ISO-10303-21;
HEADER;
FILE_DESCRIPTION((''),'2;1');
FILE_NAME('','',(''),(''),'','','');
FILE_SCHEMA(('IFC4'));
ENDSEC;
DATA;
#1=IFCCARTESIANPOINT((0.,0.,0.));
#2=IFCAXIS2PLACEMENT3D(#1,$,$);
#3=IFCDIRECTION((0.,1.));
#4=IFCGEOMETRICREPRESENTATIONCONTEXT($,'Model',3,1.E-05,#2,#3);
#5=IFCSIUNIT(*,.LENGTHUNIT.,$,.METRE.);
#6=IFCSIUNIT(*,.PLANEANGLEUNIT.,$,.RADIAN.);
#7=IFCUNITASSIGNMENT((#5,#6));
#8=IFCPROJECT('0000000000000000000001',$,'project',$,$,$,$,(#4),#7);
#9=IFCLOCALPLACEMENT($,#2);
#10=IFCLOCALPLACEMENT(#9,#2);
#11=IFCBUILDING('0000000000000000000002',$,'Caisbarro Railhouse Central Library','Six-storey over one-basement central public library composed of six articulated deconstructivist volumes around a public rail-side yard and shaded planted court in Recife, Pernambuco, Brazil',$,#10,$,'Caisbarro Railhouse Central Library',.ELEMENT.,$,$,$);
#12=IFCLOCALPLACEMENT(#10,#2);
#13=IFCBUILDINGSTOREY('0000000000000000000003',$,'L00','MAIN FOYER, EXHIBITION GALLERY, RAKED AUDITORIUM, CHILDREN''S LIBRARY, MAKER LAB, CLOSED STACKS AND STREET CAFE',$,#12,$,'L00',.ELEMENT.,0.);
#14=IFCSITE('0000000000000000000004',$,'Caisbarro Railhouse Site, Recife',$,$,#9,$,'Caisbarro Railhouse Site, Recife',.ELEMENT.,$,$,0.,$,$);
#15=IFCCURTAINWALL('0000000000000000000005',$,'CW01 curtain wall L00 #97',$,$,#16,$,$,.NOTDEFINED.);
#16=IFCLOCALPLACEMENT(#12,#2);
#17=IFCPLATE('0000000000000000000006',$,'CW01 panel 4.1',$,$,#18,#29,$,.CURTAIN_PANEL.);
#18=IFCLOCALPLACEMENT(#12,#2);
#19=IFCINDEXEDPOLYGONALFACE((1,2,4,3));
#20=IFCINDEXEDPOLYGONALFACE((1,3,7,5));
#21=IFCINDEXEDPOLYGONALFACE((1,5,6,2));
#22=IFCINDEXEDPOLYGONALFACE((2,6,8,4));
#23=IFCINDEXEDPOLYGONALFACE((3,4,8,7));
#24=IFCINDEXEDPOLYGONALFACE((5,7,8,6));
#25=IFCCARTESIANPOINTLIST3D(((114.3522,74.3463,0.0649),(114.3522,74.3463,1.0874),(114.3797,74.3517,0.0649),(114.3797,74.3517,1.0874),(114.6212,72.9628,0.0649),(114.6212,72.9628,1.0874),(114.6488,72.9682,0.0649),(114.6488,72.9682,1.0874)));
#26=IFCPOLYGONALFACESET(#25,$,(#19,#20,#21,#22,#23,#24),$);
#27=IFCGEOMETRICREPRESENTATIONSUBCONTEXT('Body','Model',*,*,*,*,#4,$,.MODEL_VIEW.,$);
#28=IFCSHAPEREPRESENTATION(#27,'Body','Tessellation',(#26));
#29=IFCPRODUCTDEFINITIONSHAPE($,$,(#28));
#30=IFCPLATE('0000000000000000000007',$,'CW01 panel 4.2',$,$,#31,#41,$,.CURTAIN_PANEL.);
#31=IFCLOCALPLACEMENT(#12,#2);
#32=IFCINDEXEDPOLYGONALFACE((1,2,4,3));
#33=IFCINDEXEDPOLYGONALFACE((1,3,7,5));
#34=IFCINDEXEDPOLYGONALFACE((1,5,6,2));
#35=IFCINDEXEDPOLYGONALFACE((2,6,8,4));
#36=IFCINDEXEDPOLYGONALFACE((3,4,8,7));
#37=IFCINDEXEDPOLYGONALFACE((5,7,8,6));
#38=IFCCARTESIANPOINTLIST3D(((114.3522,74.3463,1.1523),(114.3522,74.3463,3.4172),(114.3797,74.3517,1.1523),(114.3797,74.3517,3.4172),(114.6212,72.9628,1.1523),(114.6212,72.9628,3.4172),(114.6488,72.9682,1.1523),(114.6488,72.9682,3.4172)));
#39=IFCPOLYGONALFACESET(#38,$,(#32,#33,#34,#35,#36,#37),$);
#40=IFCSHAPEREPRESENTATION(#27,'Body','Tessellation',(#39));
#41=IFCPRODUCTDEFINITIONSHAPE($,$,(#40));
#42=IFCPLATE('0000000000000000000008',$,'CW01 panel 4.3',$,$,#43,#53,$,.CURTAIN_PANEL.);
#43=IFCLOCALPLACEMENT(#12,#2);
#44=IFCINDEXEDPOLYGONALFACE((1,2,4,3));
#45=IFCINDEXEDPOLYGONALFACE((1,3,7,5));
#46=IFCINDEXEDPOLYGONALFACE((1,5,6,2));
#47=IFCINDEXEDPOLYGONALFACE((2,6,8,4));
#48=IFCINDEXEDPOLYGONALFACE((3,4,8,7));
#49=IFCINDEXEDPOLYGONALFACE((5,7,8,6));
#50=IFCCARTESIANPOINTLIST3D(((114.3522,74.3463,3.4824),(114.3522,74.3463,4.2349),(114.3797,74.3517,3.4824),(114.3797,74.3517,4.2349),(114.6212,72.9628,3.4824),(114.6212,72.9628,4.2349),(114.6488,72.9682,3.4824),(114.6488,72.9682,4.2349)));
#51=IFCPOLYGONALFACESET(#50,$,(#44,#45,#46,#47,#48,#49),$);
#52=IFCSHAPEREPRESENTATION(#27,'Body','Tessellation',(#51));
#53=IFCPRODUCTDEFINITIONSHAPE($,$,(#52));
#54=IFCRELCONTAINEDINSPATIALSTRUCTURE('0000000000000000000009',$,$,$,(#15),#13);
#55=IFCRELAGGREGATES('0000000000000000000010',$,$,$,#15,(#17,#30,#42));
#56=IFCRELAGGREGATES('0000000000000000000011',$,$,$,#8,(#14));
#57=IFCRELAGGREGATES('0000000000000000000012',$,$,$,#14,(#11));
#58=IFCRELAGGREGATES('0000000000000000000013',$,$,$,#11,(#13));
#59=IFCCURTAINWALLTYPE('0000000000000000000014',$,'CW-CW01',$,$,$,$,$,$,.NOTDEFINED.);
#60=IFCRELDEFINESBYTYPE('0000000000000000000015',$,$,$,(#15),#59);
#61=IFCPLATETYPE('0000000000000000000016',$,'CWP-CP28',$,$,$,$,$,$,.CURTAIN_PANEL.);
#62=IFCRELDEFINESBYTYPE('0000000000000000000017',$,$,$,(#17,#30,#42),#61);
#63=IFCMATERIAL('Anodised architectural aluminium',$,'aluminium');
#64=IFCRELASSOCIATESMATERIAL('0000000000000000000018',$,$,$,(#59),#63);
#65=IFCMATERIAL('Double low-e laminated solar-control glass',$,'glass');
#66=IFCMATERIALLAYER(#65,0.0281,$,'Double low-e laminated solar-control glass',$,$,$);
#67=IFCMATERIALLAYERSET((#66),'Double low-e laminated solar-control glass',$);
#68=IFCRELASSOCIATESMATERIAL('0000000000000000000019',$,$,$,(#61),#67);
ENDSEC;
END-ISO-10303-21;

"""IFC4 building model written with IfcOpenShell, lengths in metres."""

from ifc_helpers import new_model, si_unit, direction, frame, origin, origin_2d, place, context, subcontext, project, spatial, rectangle, extrude, material, layer, layer_set, type_object, element, aggregate, save


model = new_model("IFC4")

# Units and contexts
model_context = context("Model", 3, precision=1e-05, world=origin(), true_north=direction((0.0, 1.0)))
body_context = subcontext(model_context, "Body", "Model", "MODEL_VIEW")
ifc_project = project(units=[si_unit("LENGTHUNIT", "METRE"), si_unit("PLANEANGLEUNIT", "RADIAN")], contexts=[model_context])

# Site, building, storey
site_placement = place(None, origin())
site = spatial("IfcSite", under=ifc_project, at=site_placement, Name="Caisbarro Railhouse Site, Recife", LongName="Caisbarro Railhouse Site, Recife", CompositionType="ELEMENT", RefElevation=0.0)
building_placement = place(site_placement, origin())
building = spatial("IfcBuilding", under=site, at=building_placement, Name="Caisbarro Railhouse Central Library", Description="Six-storey over one-basement central public library composed of six articulated deconstructivist volumes around a public rail-side yard and shaded planted court in Recife, Pernambuco, Brazil", LongName="Caisbarro Railhouse Central Library", CompositionType="ELEMENT")
storey_placement = place(building_placement, origin())
storey = spatial("IfcBuildingStorey", under=building, at=storey_placement, Name="L00", Description="MAIN FOYER, EXHIBITION GALLERY, RAKED AUDITORIUM, CHILDREN'S LIBRARY, MAKER LAB, CLOSED STACKS AND STREET CAFE", LongName="L00", CompositionType="ELEMENT", Elevation=0.0)

# Curtain wall, plates
ifc_material_1 = material(Name="Anodised architectural aluminium", Category="aluminium")
curtain_wall_type = type_object("IfcCurtainWallType", Name="CW-CW01", PredefinedType="NOTDEFINED", material=ifc_material_1)
curtain_wall_placement = place(storey_placement, origin())
curtain_wall = element("IfcCurtainWall", 1, at=curtain_wall_placement, inside=storey, type_object=curtain_wall_type, Name="CW01 curtain wall L00 #97", PredefinedType="NOTDEFINED")
ifc_material_2 = material(Name="Double low-e laminated solar-control glass", Category="glass")
ifc_layer = layer(ifc_material_2, 0.0281, Name="Double low-e laminated solar-control glass")
ifc_layer_set = layer_set([ifc_layer], Name="Double low-e laminated solar-control glass")
plate_type = type_object("IfcPlateType", Name="CWP-CP28", PredefinedType="CURTAIN_PANEL", material=ifc_layer_set)
plate_1_placement = place(storey_placement, frame((114.5005, 73.6572, 0.0649), z_axis=(0.0, 0.0, 1.0), x_axis=(-0.190911, 0.981607, 0.0)))
plate_1 = element("IfcPlate", 2, at=plate_1_placement, type_object=plate_type, Name="CW01 panel 4.1", PredefinedType="CURTAIN_PANEL", context=body_context, shape_type="SweptSolid", body=[
    extrude(rectangle(XDim=1.4094, YDim=0.0281, at=origin_2d()), origin(), (0.0, 0.0, 1.0), 1.0225),
])
plate_2_placement = place(storey_placement, frame((114.5005, 73.6572, 1.1523), z_axis=(0.0, 0.0, 1.0), x_axis=(-0.190911, 0.981607, 0.0)))
plate_2 = element("IfcPlate", 3, at=plate_2_placement, type_object=plate_type, Name="CW01 panel 4.2", PredefinedType="CURTAIN_PANEL", context=body_context, shape_type="SweptSolid", body=[
    extrude(rectangle(XDim=1.4094, YDim=0.0281, at=origin_2d()), origin(), (0.0, 0.0, 1.0), 2.2649),
])
plate_3_placement = place(storey_placement, frame((114.5005, 73.6572, 3.4824), z_axis=(0.0, 0.0, 1.0), x_axis=(-0.190911, 0.981607, 0.0)))
plate_3 = element("IfcPlate", 4, at=plate_3_placement, type_object=plate_type, Name="CW01 panel 4.3", PredefinedType="CURTAIN_PANEL", context=body_context, shape_type="SweptSolid", body=[
    extrude(rectangle(XDim=1.4094, YDim=0.0281, at=origin_2d()), origin(), (0.0, 0.0, 1.0), 0.7524),
])
aggregate(curtain_wall, [plate_1, plate_2, plate_3])

save(model, "model.ifc")
